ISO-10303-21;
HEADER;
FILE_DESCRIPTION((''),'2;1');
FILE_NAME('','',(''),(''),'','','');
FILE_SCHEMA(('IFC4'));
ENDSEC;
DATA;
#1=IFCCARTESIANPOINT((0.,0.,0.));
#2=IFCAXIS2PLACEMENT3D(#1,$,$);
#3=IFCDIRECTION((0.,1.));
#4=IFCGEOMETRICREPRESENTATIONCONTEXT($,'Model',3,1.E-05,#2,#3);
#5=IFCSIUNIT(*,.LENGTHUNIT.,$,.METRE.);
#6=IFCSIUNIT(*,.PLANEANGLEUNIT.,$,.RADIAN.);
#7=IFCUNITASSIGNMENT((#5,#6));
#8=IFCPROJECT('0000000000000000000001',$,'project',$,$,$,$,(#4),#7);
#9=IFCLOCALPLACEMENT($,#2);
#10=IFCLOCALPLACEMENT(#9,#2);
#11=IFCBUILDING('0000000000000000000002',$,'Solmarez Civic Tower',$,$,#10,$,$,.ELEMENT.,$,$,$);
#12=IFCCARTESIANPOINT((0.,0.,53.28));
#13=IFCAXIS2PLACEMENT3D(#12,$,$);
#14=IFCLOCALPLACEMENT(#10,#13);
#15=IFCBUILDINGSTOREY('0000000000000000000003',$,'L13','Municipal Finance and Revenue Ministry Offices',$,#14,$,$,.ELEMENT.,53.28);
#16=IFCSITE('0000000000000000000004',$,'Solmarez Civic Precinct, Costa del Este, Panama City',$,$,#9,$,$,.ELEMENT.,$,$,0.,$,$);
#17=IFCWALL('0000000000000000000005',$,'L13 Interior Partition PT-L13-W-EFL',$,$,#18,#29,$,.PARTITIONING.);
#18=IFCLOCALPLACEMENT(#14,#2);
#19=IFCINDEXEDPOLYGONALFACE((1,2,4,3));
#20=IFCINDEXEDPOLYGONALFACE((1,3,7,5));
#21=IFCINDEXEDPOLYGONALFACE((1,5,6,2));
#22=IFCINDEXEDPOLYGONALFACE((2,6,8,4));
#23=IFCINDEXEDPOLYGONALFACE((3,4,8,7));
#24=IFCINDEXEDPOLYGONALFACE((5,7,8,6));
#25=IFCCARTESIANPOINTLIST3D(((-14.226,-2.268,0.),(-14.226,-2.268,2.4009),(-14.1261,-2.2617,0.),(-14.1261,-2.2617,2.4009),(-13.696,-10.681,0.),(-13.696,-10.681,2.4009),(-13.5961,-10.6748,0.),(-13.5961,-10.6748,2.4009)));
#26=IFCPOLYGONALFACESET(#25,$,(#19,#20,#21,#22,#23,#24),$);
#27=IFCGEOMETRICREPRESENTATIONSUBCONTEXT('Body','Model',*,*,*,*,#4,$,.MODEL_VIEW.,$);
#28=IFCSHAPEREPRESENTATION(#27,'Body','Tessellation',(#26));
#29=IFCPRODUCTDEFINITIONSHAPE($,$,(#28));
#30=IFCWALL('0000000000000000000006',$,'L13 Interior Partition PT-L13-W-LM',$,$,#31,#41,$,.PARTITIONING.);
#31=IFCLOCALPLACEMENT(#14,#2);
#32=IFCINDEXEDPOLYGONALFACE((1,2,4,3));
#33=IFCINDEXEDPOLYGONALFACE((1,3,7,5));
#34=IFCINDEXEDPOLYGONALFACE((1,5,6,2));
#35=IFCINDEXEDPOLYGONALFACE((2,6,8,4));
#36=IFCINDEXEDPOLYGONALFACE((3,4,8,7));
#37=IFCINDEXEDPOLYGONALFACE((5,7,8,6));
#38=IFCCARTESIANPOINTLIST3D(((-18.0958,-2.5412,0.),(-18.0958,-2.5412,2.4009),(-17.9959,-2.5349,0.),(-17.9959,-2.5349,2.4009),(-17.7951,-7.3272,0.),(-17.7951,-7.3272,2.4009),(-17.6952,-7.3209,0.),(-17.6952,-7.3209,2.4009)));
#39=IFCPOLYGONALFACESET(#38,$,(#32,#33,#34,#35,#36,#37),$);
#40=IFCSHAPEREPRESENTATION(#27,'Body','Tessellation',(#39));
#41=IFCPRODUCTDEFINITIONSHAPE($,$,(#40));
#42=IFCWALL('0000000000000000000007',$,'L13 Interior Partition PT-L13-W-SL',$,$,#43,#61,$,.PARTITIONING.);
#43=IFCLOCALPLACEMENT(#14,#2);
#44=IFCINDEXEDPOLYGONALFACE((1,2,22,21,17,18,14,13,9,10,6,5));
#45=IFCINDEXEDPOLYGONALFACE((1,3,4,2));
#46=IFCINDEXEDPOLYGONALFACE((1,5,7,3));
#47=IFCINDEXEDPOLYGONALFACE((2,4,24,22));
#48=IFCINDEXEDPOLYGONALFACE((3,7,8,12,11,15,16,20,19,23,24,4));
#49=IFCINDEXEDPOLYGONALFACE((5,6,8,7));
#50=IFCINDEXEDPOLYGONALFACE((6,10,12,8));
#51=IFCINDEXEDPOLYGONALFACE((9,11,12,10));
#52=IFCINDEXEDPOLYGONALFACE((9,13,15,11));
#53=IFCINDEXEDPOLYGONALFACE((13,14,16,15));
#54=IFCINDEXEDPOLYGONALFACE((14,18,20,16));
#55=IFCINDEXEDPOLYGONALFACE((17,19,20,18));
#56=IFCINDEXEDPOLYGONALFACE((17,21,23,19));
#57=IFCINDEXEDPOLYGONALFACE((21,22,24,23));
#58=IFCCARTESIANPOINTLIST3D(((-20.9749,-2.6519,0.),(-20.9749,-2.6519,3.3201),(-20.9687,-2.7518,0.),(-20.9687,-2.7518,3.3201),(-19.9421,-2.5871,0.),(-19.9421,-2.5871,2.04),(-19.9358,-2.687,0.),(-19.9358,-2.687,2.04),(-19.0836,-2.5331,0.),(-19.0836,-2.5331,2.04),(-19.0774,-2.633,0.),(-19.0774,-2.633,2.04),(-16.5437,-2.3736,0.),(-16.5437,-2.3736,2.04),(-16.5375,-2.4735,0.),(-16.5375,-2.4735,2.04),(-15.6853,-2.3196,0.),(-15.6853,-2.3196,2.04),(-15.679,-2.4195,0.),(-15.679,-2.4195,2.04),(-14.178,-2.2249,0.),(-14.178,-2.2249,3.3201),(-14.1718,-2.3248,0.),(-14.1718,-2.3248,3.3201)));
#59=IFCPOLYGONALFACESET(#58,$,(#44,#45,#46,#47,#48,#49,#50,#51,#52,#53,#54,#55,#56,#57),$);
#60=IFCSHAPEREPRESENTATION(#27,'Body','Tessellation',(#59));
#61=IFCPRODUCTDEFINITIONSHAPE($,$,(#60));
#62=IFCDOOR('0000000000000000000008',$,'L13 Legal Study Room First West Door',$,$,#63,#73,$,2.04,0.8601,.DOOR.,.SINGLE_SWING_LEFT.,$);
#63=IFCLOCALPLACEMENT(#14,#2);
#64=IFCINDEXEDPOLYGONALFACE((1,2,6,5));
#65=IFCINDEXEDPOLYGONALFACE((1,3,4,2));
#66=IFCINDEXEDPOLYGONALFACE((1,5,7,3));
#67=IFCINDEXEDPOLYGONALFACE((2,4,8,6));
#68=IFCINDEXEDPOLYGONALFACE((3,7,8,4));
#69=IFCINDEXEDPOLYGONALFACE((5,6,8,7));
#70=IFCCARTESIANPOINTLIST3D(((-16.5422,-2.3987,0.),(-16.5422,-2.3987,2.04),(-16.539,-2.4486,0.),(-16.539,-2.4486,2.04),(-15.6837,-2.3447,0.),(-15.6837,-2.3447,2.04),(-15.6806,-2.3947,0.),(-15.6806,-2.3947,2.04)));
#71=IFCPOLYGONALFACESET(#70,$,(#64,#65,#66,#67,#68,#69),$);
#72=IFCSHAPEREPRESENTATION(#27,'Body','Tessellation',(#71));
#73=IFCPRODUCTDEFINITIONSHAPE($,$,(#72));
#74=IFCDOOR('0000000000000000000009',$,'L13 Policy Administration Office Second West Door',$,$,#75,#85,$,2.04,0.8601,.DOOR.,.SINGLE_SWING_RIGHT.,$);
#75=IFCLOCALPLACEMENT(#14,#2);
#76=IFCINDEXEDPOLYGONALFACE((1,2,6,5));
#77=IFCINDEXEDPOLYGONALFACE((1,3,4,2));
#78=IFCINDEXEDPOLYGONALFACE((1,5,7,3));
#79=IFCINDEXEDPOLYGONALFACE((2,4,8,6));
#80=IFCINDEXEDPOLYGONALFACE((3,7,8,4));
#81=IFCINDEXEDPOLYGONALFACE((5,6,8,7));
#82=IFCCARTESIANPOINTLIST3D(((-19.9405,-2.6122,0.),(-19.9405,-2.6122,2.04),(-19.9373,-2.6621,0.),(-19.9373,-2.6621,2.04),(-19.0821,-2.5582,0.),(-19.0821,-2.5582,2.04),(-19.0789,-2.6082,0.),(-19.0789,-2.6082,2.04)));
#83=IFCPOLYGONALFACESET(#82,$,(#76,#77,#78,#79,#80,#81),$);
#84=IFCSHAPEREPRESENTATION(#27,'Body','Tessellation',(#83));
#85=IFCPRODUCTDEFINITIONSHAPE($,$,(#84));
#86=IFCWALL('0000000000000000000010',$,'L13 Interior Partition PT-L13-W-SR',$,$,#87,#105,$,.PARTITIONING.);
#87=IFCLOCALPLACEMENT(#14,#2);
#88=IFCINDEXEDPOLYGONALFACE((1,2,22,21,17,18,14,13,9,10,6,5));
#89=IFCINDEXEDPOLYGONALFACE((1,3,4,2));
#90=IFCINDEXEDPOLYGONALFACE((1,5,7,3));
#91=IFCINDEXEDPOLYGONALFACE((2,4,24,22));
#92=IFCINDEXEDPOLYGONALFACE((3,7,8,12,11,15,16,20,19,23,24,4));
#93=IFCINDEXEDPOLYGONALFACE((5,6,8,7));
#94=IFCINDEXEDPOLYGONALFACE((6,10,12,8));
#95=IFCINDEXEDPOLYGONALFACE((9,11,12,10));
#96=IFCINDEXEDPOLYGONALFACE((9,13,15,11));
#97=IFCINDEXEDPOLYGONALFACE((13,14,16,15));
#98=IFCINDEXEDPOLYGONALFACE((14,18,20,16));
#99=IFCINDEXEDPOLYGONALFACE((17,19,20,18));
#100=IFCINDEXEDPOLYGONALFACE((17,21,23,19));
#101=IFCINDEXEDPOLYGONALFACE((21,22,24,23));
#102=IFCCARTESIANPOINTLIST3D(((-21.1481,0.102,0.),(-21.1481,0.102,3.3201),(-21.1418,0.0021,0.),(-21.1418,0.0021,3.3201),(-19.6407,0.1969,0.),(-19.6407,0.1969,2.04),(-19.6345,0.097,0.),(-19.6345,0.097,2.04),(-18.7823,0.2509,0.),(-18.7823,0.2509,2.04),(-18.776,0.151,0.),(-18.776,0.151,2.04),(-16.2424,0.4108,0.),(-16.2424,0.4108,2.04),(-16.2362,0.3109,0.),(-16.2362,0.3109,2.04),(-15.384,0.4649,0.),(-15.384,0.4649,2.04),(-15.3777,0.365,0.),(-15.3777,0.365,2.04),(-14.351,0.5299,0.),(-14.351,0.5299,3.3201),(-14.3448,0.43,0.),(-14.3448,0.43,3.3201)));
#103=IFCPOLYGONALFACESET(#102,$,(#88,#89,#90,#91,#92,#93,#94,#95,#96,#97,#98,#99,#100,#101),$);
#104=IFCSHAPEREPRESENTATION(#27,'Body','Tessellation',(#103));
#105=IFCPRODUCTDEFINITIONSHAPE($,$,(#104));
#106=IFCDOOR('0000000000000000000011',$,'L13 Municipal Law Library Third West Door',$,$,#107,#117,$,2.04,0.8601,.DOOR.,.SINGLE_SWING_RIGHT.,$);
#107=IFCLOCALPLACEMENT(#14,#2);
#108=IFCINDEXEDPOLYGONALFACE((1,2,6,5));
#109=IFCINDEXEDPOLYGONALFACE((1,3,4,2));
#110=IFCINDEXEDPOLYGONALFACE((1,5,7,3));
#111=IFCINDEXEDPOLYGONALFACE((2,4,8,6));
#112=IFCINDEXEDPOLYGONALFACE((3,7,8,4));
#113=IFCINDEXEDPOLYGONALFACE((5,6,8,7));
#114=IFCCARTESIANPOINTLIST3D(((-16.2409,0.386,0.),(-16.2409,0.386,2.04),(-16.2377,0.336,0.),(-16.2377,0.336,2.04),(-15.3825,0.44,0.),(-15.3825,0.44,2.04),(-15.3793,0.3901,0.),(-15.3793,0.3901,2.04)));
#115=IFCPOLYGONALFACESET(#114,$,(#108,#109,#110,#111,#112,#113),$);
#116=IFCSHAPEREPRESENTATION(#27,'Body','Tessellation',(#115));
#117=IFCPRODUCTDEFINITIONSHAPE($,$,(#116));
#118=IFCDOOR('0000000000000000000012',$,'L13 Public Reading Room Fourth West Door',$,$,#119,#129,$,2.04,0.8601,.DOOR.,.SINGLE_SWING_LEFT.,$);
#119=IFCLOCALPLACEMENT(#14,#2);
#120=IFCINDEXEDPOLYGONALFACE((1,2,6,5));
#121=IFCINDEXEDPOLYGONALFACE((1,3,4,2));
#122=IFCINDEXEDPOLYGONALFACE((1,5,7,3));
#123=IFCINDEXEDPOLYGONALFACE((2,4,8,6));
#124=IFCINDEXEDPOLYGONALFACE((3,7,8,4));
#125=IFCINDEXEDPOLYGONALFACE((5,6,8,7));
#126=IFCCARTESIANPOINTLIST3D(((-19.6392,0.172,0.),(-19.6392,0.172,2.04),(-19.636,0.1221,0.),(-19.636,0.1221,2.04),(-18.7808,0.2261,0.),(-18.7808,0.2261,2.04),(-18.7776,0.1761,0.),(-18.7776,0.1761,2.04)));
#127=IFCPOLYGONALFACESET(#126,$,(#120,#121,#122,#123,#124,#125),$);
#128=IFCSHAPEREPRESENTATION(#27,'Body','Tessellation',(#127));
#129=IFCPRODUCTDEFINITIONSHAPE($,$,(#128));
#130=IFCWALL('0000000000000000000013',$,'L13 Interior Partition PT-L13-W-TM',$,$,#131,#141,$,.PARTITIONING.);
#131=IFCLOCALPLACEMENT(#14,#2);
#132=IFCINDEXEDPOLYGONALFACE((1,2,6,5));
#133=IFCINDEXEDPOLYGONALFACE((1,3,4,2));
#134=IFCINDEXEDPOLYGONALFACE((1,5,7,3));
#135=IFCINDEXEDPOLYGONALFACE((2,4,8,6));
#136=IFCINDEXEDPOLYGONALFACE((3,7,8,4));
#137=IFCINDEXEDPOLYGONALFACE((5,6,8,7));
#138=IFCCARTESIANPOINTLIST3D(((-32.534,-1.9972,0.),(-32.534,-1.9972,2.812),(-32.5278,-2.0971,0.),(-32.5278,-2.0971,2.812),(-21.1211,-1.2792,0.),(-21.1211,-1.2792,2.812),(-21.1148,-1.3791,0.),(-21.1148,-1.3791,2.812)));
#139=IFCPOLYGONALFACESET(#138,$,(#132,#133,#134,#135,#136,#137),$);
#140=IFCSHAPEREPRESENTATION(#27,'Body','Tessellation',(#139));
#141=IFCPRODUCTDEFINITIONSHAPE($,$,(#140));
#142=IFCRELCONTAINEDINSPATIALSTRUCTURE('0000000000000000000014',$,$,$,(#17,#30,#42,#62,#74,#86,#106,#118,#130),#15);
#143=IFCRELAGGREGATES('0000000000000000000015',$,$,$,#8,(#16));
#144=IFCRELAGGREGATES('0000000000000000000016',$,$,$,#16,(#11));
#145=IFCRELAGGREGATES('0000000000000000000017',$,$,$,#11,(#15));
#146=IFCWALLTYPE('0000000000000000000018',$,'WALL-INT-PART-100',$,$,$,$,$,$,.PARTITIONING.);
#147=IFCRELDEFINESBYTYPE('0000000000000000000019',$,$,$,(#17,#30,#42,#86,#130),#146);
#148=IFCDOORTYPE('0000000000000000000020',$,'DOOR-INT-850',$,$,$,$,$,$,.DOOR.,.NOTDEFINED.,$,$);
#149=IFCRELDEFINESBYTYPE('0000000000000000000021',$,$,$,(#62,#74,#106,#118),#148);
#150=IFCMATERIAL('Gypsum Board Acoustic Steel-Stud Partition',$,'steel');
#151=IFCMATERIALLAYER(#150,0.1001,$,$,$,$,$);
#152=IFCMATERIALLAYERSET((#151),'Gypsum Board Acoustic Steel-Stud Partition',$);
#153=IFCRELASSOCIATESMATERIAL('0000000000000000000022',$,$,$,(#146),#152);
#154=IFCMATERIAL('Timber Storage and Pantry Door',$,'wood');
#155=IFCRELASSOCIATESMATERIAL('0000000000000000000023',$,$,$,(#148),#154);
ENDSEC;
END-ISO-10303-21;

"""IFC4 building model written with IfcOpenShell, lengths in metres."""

from ifc_helpers import new_model, si_unit, direction, frame, frame_2d, origin, place, context, subcontext, project, spatial, rectangle, extrude, material, layer, layer_set, type_object, element, fill, save


model = new_model("IFC4")

# Units and contexts
model_context = context("Model", 3, precision=1e-05, world=origin(), true_north=direction((0.0, 1.0)))
body_context = subcontext(model_context, "Body", "Model", "MODEL_VIEW")
ifc_project = project(units=[si_unit("LENGTHUNIT", "METRE"), si_unit("PLANEANGLEUNIT", "RADIAN")], contexts=[model_context])

# Site, building, storey
site_placement = place(None, origin())
site = spatial("IfcSite", under=ifc_project, at=site_placement, Name="Solmarez Civic Precinct, Costa del Este, Panama City", CompositionType="ELEMENT", RefElevation=0.0)
building_placement = place(site_placement, origin())
building = spatial("IfcBuilding", under=site, at=building_placement, Name="Solmarez Civic Tower", CompositionType="ELEMENT")
storey_placement = place(building_placement, frame((0.0, 0.0, 53.28)))
storey = spatial("IfcBuildingStorey", under=building, at=storey_placement, Name="L13", Description="Municipal Finance and Revenue Ministry Offices", CompositionType="ELEMENT", Elevation=53.28)

# Walls
ifc_material_1 = material(Name="Gypsum Board Acoustic Steel-Stud Partition", Category="steel")
ifc_layer_1 = layer(ifc_material_1, 0.1001)
ifc_layer_set_1 = layer_set([ifc_layer_1], Name="Gypsum Board Acoustic Steel-Stud Partition")
wall_type_1 = type_object("IfcWallType", Name="WALL-INT-PART-100", PredefinedType="PARTITIONING", material=ifc_layer_set_1)
wall_1_placement = place(storey_placement, frame((-14.176, -2.2649, 0.0), z_axis=(0.0, 0.0, 1.0), x_axis=(0.062876, -0.998021, 0.0)))
element("IfcWall", 1, at=wall_1_placement, inside=storey, type_object=wall_type_1, Name="L13 Interior Partition PT-L13-W-EFL", PredefinedType="PARTITIONING", context=body_context, shape_type="SweptSolid", body=[
    extrude(rectangle(XDim=8.4297, YDim=0.1001, at=frame_2d((4.2148, 0.0))), origin(), (0.0, 0.0, 1.0), 2.4009),
])
wall_2_placement = place(storey_placement, frame((-18.0459, -2.5381, 0.0), z_axis=(0.0, 0.0, 1.0), x_axis=(0.062724, -0.998031, 0.0)))
element("IfcWall", 2, at=wall_2_placement, inside=storey, type_object=wall_type_1, Name="L13 Interior Partition PT-L13-W-LM", PredefinedType="PARTITIONING", context=body_context, shape_type="SweptSolid", body=[
    extrude(rectangle(XDim=4.7954, YDim=0.1001, at=frame_2d((2.3977, 0.0))), origin(), (0.0, 0.0, 1.0), 2.4009),
])

# Walls, openings, doors
wall_3_placement = place(storey_placement, frame((-20.9719, -2.7019, 0.0), z_axis=(0.0, 0.0, 1.0), x_axis=(0.998032, 0.0627, 0.0)))
wall_3 = element("IfcWall", 3, at=wall_3_placement, inside=storey, type_object=wall_type_1, Name="L13 Interior Partition PT-L13-W-SL", PredefinedType="PARTITIONING", context=body_context, shape_type="SweptSolid", body=[
    extrude(rectangle(XDim=6.8103, YDim=0.1001, at=frame_2d((3.4053, 0.0))), origin(), (0.0, 0.0, 1.0), 3.3201),
])
opening_1_placement = place(wall_3_placement, frame((4.4399, 0.0, 0.0)))
opening_1 = element("IfcOpeningElement", 4, at=opening_1_placement, cuts=wall_3, PredefinedType="OPENING", context=body_context, shape_type="SweptSolid", body=[
    extrude(rectangle(XDim=0.8601, YDim=2.04, at=frame_2d((0.4302, 1.02))), frame((0.0, 0.0601, 0.0), z_axis=(0.0, -1.0, 0.0), x_axis=(1.0, 0.0, 0.0)), (0.0, 0.0, 1.0), 0.1201),
])
opening_2_placement = place(wall_3_placement, frame((1.0349, 0.0, 0.0)))
opening_2 = element("IfcOpeningElement", 5, at=opening_2_placement, cuts=wall_3, PredefinedType="OPENING", context=body_context, shape_type="SweptSolid", body=[
    extrude(rectangle(XDim=0.8601, YDim=2.04, at=frame_2d((0.4302, 1.02))), frame((0.0, 0.0601, 0.0), z_axis=(0.0, -1.0, 0.0), x_axis=(1.0, 0.0, 0.0)), (0.0, 0.0, 1.0), 0.1201),
])
ifc_material_2 = material(Name="Timber Storage and Pantry Door", Category="wood")
door_type_1 = type_object("IfcDoorType", Name="DOOR-INT-850", OperationType="NOTDEFINED", PredefinedType="DOOR", material=ifc_material_2)
door_1_placement = place(opening_1_placement, origin())
door_1 = element("IfcDoor", 6, at=door_1_placement, inside=storey, type_object=door_type_1, Name="L13 Legal Study Room First West Door", OperationType="SINGLE_SWING_LEFT", OverallHeight=2.04, OverallWidth=0.8601, PredefinedType="DOOR", context=body_context, shape_type="SweptSolid", body=[
    extrude(rectangle(XDim=0.8601, YDim=2.04, at=frame_2d((0.4302, 1.02))), frame((0.0, 0.0249, 0.0), z_axis=(0.0, -1.0, 0.0), x_axis=(1.0, 0.0, 0.0)), (0.0, 0.0, 1.0), 0.05),
])
fill(opening_1, door_1)
door_2_placement = place(opening_2_placement, origin())
door_2 = element("IfcDoor", 7, at=door_2_placement, inside=storey, type_object=door_type_1, Name="L13 Policy Administration Office Second West Door", OperationType="SINGLE_SWING_RIGHT", OverallHeight=2.04, OverallWidth=0.8601, PredefinedType="DOOR", context=body_context, shape_type="SweptSolid", body=[
    extrude(rectangle(XDim=0.8601, YDim=2.04, at=frame_2d((0.4302, 1.02))), frame((0.0, 0.0249, 0.0), z_axis=(0.0, -1.0, 0.0), x_axis=(1.0, 0.0, 0.0)), (0.0, 0.0, 1.0), 0.05),
])
fill(opening_2, door_2)
wall_4_placement = place(storey_placement, frame((-14.3479, 0.48, 0.0), z_axis=(0.0, 0.0, 1.0), x_axis=(-0.998024, -0.06284, 0.0)))
wall_4 = element("IfcWall", 8, at=wall_4_placement, inside=storey, type_object=wall_type_1, Name="L13 Interior Partition PT-L13-W-SR", PredefinedType="PARTITIONING", context=body_context, shape_type="SweptSolid", body=[
    extrude(rectangle(XDim=6.8105, YDim=0.1001, at=frame_2d((3.4053, 0.0))), origin(), (0.0, 0.0, 1.0), 3.3201),
])
opening_3_placement = place(wall_4_placement, frame((1.0349, 0.0, 0.0)))
opening_3 = element("IfcOpeningElement", 9, at=opening_3_placement, cuts=wall_4, PredefinedType="OPENING", context=body_context, shape_type="SweptSolid", body=[
    extrude(rectangle(XDim=0.8601, YDim=2.04, at=frame_2d((0.4302, 1.02))), frame((0.0, 0.0601, 0.0), z_axis=(0.0, -1.0, 0.0), x_axis=(1.0, 0.0, 0.0)), (0.0, 0.0, 1.0), 0.1201),
])
opening_4_placement = place(wall_4_placement, frame((4.4399, 0.0, 0.0)))
opening_4 = element("IfcOpeningElement", 10, at=opening_4_placement, cuts=wall_4, PredefinedType="OPENING", context=body_context, shape_type="SweptSolid", body=[
    extrude(rectangle(XDim=0.8601, YDim=2.04, at=frame_2d((0.4302, 1.02))), frame((0.0, 0.0601, 0.0), z_axis=(0.0, -1.0, 0.0), x_axis=(1.0, 0.0, 0.0)), (0.0, 0.0, 1.0), 0.1201),
])
door_3_placement = place(opening_3_placement, origin())
door_3 = element("IfcDoor", 11, at=door_3_placement, inside=storey, type_object=door_type_1, Name="L13 Municipal Law Library Third West Door", OperationType="SINGLE_SWING_RIGHT", OverallHeight=2.04, OverallWidth=0.8601, PredefinedType="DOOR", context=body_context, shape_type="SweptSolid", body=[
    extrude(rectangle(XDim=0.8601, YDim=2.04, at=frame_2d((0.4302, 1.02))), frame((0.0, 0.0249, 0.0), z_axis=(0.0, -1.0, 0.0), x_axis=(1.0, 0.0, 0.0)), (0.0, 0.0, 1.0), 0.05),
])
fill(opening_3, door_3)
door_4_placement = place(opening_4_placement, origin())
door_4 = element("IfcDoor", 12, at=door_4_placement, inside=storey, type_object=door_type_1, Name="L13 Public Reading Room Fourth West Door", OperationType="SINGLE_SWING_LEFT", OverallHeight=2.04, OverallWidth=0.8601, PredefinedType="DOOR", context=body_context, shape_type="SweptSolid", body=[
    extrude(rectangle(XDim=0.8601, YDim=2.04, at=frame_2d((0.4302, 1.02))), frame((0.0, 0.0249, 0.0), z_axis=(0.0, -1.0, 0.0), x_axis=(1.0, 0.0, 0.0)), (0.0, 0.0, 1.0), 0.05),
])
fill(opening_4, door_4)

# Wall
wall_5_placement = place(storey_placement, frame((-21.1179, -1.3291, 0.0), z_axis=(0.0, 0.0, 1.0), x_axis=(-0.998027, -0.062788, 0.0)))
element("IfcWall", 13, at=wall_5_placement, inside=storey, type_object=wall_type_1, Name="L13 Interior Partition PT-L13-W-TM", PredefinedType="PARTITIONING", context=body_context, shape_type="SweptSolid", body=[
    extrude(rectangle(XDim=11.4355, YDim=0.1001, at=frame_2d((5.7178, 0.0))), origin(), (0.0, 0.0, 1.0), 2.812),
])

save(model, "model.ifc")
